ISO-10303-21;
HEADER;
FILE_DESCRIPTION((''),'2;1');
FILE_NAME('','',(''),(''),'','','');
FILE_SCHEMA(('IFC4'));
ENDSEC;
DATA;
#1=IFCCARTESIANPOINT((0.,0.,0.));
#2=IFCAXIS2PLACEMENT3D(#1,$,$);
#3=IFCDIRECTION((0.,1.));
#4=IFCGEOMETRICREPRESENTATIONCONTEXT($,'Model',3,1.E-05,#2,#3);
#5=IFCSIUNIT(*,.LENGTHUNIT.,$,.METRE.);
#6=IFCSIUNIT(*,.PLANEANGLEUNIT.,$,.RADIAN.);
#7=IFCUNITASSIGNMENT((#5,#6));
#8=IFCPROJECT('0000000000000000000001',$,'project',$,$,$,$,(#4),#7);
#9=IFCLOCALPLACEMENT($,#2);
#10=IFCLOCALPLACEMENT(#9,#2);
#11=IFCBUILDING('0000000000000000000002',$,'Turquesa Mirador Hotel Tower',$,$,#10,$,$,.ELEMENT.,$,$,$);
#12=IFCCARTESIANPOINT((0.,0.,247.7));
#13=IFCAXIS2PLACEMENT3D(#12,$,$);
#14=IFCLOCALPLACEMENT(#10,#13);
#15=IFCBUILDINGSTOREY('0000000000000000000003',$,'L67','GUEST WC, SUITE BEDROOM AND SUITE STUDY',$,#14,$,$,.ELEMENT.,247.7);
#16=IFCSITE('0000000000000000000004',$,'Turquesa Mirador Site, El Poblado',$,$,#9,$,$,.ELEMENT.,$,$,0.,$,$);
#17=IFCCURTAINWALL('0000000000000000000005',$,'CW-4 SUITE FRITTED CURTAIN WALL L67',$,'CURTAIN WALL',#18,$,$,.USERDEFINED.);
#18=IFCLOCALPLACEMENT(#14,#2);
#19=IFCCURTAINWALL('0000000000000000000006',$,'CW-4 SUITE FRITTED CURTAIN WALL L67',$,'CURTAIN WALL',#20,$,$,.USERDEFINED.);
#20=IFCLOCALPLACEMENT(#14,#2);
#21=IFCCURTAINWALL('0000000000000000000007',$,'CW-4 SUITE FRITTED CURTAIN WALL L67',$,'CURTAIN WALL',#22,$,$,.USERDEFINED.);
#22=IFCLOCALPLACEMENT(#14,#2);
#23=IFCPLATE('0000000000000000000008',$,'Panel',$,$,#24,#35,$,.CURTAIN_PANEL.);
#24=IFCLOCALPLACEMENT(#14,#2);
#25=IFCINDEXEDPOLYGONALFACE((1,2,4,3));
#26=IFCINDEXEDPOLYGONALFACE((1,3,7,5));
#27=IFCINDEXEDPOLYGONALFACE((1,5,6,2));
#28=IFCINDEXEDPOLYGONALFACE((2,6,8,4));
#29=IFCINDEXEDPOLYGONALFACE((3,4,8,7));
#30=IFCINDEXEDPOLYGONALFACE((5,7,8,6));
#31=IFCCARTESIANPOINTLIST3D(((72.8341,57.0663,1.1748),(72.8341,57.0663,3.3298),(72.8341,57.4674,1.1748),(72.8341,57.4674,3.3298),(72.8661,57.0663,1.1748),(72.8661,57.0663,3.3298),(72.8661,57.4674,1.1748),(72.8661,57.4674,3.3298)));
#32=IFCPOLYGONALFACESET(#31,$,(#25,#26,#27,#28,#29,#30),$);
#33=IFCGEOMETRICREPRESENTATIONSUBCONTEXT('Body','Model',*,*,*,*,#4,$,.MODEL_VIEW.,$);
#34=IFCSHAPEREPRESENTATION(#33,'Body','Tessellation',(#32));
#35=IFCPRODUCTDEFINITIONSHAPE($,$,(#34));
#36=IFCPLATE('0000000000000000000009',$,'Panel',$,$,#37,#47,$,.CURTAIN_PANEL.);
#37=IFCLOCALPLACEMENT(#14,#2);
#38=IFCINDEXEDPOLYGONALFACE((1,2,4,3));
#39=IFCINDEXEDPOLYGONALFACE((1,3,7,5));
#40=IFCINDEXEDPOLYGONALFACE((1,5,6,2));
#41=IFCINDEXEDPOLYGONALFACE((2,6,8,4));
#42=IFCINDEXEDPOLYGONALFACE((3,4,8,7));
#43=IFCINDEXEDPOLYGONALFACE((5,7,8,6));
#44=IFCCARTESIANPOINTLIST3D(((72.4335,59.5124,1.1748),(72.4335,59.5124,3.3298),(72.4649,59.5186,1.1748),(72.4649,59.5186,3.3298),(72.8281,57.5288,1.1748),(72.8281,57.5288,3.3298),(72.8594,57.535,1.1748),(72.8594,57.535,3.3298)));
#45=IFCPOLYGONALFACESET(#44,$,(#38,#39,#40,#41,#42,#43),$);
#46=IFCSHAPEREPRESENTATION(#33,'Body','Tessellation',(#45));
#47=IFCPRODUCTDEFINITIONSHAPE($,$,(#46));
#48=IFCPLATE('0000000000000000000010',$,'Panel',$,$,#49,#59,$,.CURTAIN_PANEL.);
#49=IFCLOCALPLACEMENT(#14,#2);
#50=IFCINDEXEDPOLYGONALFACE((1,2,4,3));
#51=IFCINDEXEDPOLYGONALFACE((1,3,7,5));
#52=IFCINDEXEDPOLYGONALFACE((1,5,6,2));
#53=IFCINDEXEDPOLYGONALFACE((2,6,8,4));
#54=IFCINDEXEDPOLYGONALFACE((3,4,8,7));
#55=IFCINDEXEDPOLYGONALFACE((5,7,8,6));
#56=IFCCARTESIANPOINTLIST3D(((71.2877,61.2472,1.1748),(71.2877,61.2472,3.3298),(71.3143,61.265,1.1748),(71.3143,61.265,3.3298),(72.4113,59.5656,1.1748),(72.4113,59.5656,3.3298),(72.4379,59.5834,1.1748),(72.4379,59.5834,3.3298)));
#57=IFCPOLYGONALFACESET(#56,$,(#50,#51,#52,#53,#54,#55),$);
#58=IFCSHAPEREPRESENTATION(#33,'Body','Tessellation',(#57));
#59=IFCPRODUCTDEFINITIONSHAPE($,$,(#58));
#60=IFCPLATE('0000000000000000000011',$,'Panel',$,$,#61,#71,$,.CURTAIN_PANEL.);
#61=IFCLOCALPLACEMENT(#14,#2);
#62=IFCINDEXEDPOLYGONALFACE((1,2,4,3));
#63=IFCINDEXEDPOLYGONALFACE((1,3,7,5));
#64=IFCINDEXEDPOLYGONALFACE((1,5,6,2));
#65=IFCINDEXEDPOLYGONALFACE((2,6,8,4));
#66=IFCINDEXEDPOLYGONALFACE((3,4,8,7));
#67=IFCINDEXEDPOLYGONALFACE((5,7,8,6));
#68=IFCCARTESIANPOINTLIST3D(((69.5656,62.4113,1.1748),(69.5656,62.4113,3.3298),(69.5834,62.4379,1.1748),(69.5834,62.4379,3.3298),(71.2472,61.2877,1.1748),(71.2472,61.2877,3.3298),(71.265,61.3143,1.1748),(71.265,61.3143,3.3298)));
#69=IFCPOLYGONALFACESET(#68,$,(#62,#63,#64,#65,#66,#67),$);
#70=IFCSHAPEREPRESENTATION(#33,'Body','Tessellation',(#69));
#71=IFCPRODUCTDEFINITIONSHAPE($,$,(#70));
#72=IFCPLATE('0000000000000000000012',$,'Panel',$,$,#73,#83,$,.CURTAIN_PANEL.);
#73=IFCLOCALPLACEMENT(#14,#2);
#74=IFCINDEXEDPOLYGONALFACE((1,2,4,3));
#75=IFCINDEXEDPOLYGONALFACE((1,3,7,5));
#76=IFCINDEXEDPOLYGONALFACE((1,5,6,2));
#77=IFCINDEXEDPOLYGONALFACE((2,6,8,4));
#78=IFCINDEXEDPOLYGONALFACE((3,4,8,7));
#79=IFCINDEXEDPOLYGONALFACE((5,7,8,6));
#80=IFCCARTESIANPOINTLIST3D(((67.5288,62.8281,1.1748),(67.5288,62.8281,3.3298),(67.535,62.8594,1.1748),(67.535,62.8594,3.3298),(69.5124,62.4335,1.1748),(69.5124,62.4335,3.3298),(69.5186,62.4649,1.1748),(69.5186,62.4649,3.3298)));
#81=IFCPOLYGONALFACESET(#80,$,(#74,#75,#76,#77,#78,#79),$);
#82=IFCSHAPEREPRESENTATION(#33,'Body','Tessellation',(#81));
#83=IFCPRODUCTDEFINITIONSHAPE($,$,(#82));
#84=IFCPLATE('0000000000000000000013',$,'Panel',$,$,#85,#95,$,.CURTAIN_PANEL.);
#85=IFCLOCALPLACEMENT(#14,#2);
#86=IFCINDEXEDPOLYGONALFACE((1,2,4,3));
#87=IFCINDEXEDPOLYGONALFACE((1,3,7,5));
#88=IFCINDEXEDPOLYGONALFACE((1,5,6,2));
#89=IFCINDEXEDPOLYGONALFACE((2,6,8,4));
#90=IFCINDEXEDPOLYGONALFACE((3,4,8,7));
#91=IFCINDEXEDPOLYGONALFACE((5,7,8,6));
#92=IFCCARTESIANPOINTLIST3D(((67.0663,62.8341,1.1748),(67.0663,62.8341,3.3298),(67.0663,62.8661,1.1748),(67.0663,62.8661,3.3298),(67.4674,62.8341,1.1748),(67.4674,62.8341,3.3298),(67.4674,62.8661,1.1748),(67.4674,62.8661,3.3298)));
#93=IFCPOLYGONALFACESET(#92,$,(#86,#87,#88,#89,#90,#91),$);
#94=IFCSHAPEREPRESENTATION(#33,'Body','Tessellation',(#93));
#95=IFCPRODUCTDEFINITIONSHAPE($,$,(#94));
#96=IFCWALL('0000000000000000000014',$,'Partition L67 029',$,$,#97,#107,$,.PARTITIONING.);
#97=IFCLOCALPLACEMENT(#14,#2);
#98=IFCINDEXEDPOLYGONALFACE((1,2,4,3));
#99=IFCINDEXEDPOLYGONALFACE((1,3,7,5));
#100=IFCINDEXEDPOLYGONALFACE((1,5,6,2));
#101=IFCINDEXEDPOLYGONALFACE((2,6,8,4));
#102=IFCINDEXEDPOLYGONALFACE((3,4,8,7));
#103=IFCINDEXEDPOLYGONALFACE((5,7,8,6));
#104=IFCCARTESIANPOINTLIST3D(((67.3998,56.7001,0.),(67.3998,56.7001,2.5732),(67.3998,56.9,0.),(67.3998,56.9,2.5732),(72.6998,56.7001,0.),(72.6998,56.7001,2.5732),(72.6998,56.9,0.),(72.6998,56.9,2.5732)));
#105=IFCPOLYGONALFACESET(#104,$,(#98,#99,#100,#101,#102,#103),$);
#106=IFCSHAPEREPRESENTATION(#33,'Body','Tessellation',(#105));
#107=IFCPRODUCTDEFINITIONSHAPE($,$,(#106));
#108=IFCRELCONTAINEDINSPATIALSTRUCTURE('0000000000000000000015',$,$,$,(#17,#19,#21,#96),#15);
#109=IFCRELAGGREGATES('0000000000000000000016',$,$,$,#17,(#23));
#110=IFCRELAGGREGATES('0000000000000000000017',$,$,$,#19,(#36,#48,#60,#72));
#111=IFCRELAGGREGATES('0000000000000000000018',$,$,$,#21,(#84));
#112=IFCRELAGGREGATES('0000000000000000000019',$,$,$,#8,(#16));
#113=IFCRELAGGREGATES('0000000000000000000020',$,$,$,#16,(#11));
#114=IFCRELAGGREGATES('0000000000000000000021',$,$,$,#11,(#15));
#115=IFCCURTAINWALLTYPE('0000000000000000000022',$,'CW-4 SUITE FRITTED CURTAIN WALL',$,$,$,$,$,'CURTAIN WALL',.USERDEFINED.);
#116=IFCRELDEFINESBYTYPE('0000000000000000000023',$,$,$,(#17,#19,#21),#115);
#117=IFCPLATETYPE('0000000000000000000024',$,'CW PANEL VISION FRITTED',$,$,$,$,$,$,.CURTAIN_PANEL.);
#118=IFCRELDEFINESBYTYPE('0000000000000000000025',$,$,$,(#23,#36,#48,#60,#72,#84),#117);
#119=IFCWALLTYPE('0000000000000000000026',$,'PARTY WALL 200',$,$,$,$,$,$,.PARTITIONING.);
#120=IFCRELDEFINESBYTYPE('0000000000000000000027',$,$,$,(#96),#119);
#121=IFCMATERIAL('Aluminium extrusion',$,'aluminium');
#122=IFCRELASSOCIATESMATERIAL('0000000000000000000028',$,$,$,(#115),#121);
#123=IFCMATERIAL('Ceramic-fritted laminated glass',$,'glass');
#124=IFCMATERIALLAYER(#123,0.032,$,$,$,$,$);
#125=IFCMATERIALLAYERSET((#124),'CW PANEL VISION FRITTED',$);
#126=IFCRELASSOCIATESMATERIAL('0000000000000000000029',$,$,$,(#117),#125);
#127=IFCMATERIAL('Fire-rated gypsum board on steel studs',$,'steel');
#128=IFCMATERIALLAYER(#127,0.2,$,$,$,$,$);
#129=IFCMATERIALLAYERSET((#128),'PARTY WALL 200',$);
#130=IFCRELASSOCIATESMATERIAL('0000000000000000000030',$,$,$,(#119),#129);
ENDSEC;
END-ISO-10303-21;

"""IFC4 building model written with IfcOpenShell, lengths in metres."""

from ifc_helpers import new_model, si_unit, direction, frame, frame_2d, origin, origin_2d, place, context, subcontext, project, spatial, rectangle, extrude, material, layer, layer_set, type_object, element, aggregate, save


model = new_model("IFC4")

# Units and contexts
model_context = context("Model", 3, precision=1e-05, world=origin(), true_north=direction((0.0, 1.0)))
body_context = subcontext(model_context, "Body", "Model", "MODEL_VIEW")
ifc_project = project(units=[si_unit("LENGTHUNIT", "METRE"), si_unit("PLANEANGLEUNIT", "RADIAN")], contexts=[model_context])

# Site, building, storey
site_placement = place(None, origin())
site = spatial("IfcSite", under=ifc_project, at=site_placement, Name="Turquesa Mirador Site, El Poblado", CompositionType="ELEMENT", RefElevation=0.0)
building_placement = place(site_placement, origin())
building = spatial("IfcBuilding", under=site, at=building_placement, Name="Turquesa Mirador Hotel Tower", CompositionType="ELEMENT")
storey_placement = place(building_placement, frame((0.0, 0.0, 247.7)))
storey = spatial("IfcBuildingStorey", under=building, at=storey_placement, Name="L67", Description="GUEST WC, SUITE BEDROOM AND SUITE STUDY", CompositionType="ELEMENT", Elevation=247.7)

# Shared definitions
ifc_material_1 = material(Name="Aluminium extrusion", Category="aluminium")
curtain_wall_type = type_object("IfcCurtainWallType", Name="CW-4 SUITE FRITTED CURTAIN WALL", ElementType="CURTAIN WALL", PredefinedType="USERDEFINED", material=ifc_material_1)

# Curtain walls
curtain_wall_1_placement = place(storey_placement, origin())
curtain_wall_1 = element("IfcCurtainWall", 1, at=curtain_wall_1_placement, inside=storey, type_object=curtain_wall_type, Name="CW-4 SUITE FRITTED CURTAIN WALL L67", ObjectType="CURTAIN WALL", PredefinedType="USERDEFINED")
curtain_wall_2_placement = place(storey_placement, origin())
curtain_wall_2 = element("IfcCurtainWall", 2, at=curtain_wall_2_placement, inside=storey, type_object=curtain_wall_type, Name="CW-4 SUITE FRITTED CURTAIN WALL L67", ObjectType="CURTAIN WALL", PredefinedType="USERDEFINED")

# Curtain wall
curtain_wall_3_placement = place(storey_placement, origin())
curtain_wall_3 = element("IfcCurtainWall", 3, at=curtain_wall_3_placement, inside=storey, type_object=curtain_wall_type, Name="CW-4 SUITE FRITTED CURTAIN WALL L67", ObjectType="CURTAIN WALL", PredefinedType="USERDEFINED")

# Plates
ifc_material_2 = material(Name="Ceramic-fritted laminated glass", Category="glass")
ifc_layer_1 = layer(ifc_material_2, 0.032)
ifc_layer_set_1 = layer_set([ifc_layer_1], Name="CW PANEL VISION FRITTED")
plate_type_1 = type_object("IfcPlateType", Name="CW PANEL VISION FRITTED", PredefinedType="CURTAIN_PANEL", material=ifc_layer_set_1)
plate_1_placement = place(storey_placement, frame((72.8501, 57.2668, 1.1748), z_axis=(0.0, 0.0, 1.0), x_axis=(0.0, 1.0, 0.0)))
plate_1 = element("IfcPlate", 4, at=plate_1_placement, type_object=plate_type_1, Name="Panel", PredefinedType="CURTAIN_PANEL", context=body_context, shape_type="SweptSolid", body=[
    extrude(rectangle(XDim=0.4011, YDim=0.032, at=origin_2d()), origin(), (0.0, 0.0, 1.0), 2.155),
])
aggregate(curtain_wall_1, [plate_1])
plate_2_placement = place(storey_placement, frame((72.6465, 58.5237, 1.1748), z_axis=(0.0, 0.0, 1.0), x_axis=(-0.195091, 0.980785, 0.0)))
plate_2 = element("IfcPlate", 5, at=plate_2_placement, type_object=plate_type_1, Name="Panel", PredefinedType="CURTAIN_PANEL", context=body_context, shape_type="SweptSolid", body=[
    extrude(rectangle(XDim=2.0225, YDim=0.032, at=origin_2d()), origin(), (0.0, 0.0, 1.0), 2.155),
])
plate_3_placement = place(storey_placement, frame((71.8628, 60.4153, 1.1748), z_axis=(0.0, 0.0, 1.0), x_axis=(-0.55557, 0.83147, 0.0)))
plate_3 = element("IfcPlate", 6, at=plate_3_placement, type_object=plate_type_1, Name="Panel", PredefinedType="CURTAIN_PANEL", context=body_context, shape_type="SweptSolid", body=[
    extrude(rectangle(XDim=2.0225, YDim=0.032, at=origin_2d()), origin(), (0.0, 0.0, 1.0), 2.155),
])
plate_4_placement = place(storey_placement, frame((70.4153, 61.8628, 1.1748), z_axis=(0.0, 0.0, 1.0), x_axis=(-0.83147, 0.55557, 0.0)))
plate_4 = element("IfcPlate", 7, at=plate_4_placement, type_object=plate_type_1, Name="Panel", PredefinedType="CURTAIN_PANEL", context=body_context, shape_type="SweptSolid", body=[
    extrude(rectangle(XDim=2.0225, YDim=0.032, at=origin_2d()), origin(), (0.0, 0.0, 1.0), 2.155),
])
plate_5_placement = place(storey_placement, frame((68.5237, 62.6465, 1.1748), z_axis=(0.0, 0.0, 1.0), x_axis=(-0.980785, 0.195091, 0.0)))
plate_5 = element("IfcPlate", 8, at=plate_5_placement, type_object=plate_type_1, Name="Panel", PredefinedType="CURTAIN_PANEL", context=body_context, shape_type="SweptSolid", body=[
    extrude(rectangle(XDim=2.0225, YDim=0.032, at=origin_2d()), origin(), (0.0, 0.0, 1.0), 2.155),
])
aggregate(curtain_wall_2, [plate_2, plate_3, plate_4, plate_5])
plate_6_placement = place(storey_placement, frame((67.2668, 62.8501, 1.1748), z_axis=(0.0, 0.0, 1.0), x_axis=(-1.0, 0.0, 0.0)))
plate_6 = element("IfcPlate", 9, at=plate_6_placement, type_object=plate_type_1, Name="Panel", PredefinedType="CURTAIN_PANEL", context=body_context, shape_type="SweptSolid", body=[
    extrude(rectangle(XDim=0.4011, YDim=0.032, at=origin_2d()), origin(), (0.0, 0.0, 1.0), 2.155),
])
aggregate(curtain_wall_3, [plate_6])

# Wall
ifc_material_3 = material(Name="Fire-rated gypsum board on steel studs", Category="steel")
ifc_layer_2 = layer(ifc_material_3, 0.2)
ifc_layer_set_2 = layer_set([ifc_layer_2], Name="PARTY WALL 200")
wall_type = type_object("IfcWallType", Name="PARTY WALL 200", PredefinedType="PARTITIONING", material=ifc_layer_set_2)
wall_placement = place(storey_placement, frame((67.3999, 56.8, 0.0), z_axis=(0.0, 0.0, 1.0), x_axis=(1.0, 0.0, 0.0)))
element("IfcWall", 10, at=wall_placement, inside=storey, type_object=wall_type, Name="Partition L67 029", PredefinedType="PARTITIONING", context=body_context, shape_type="SweptSolid", body=[
    extrude(rectangle(XDim=5.3, YDim=0.2, at=frame_2d((2.6499, 0.0))), origin(), (0.0, 0.0, 1.0), 2.5732),
])

save(model, "model.ifc")
